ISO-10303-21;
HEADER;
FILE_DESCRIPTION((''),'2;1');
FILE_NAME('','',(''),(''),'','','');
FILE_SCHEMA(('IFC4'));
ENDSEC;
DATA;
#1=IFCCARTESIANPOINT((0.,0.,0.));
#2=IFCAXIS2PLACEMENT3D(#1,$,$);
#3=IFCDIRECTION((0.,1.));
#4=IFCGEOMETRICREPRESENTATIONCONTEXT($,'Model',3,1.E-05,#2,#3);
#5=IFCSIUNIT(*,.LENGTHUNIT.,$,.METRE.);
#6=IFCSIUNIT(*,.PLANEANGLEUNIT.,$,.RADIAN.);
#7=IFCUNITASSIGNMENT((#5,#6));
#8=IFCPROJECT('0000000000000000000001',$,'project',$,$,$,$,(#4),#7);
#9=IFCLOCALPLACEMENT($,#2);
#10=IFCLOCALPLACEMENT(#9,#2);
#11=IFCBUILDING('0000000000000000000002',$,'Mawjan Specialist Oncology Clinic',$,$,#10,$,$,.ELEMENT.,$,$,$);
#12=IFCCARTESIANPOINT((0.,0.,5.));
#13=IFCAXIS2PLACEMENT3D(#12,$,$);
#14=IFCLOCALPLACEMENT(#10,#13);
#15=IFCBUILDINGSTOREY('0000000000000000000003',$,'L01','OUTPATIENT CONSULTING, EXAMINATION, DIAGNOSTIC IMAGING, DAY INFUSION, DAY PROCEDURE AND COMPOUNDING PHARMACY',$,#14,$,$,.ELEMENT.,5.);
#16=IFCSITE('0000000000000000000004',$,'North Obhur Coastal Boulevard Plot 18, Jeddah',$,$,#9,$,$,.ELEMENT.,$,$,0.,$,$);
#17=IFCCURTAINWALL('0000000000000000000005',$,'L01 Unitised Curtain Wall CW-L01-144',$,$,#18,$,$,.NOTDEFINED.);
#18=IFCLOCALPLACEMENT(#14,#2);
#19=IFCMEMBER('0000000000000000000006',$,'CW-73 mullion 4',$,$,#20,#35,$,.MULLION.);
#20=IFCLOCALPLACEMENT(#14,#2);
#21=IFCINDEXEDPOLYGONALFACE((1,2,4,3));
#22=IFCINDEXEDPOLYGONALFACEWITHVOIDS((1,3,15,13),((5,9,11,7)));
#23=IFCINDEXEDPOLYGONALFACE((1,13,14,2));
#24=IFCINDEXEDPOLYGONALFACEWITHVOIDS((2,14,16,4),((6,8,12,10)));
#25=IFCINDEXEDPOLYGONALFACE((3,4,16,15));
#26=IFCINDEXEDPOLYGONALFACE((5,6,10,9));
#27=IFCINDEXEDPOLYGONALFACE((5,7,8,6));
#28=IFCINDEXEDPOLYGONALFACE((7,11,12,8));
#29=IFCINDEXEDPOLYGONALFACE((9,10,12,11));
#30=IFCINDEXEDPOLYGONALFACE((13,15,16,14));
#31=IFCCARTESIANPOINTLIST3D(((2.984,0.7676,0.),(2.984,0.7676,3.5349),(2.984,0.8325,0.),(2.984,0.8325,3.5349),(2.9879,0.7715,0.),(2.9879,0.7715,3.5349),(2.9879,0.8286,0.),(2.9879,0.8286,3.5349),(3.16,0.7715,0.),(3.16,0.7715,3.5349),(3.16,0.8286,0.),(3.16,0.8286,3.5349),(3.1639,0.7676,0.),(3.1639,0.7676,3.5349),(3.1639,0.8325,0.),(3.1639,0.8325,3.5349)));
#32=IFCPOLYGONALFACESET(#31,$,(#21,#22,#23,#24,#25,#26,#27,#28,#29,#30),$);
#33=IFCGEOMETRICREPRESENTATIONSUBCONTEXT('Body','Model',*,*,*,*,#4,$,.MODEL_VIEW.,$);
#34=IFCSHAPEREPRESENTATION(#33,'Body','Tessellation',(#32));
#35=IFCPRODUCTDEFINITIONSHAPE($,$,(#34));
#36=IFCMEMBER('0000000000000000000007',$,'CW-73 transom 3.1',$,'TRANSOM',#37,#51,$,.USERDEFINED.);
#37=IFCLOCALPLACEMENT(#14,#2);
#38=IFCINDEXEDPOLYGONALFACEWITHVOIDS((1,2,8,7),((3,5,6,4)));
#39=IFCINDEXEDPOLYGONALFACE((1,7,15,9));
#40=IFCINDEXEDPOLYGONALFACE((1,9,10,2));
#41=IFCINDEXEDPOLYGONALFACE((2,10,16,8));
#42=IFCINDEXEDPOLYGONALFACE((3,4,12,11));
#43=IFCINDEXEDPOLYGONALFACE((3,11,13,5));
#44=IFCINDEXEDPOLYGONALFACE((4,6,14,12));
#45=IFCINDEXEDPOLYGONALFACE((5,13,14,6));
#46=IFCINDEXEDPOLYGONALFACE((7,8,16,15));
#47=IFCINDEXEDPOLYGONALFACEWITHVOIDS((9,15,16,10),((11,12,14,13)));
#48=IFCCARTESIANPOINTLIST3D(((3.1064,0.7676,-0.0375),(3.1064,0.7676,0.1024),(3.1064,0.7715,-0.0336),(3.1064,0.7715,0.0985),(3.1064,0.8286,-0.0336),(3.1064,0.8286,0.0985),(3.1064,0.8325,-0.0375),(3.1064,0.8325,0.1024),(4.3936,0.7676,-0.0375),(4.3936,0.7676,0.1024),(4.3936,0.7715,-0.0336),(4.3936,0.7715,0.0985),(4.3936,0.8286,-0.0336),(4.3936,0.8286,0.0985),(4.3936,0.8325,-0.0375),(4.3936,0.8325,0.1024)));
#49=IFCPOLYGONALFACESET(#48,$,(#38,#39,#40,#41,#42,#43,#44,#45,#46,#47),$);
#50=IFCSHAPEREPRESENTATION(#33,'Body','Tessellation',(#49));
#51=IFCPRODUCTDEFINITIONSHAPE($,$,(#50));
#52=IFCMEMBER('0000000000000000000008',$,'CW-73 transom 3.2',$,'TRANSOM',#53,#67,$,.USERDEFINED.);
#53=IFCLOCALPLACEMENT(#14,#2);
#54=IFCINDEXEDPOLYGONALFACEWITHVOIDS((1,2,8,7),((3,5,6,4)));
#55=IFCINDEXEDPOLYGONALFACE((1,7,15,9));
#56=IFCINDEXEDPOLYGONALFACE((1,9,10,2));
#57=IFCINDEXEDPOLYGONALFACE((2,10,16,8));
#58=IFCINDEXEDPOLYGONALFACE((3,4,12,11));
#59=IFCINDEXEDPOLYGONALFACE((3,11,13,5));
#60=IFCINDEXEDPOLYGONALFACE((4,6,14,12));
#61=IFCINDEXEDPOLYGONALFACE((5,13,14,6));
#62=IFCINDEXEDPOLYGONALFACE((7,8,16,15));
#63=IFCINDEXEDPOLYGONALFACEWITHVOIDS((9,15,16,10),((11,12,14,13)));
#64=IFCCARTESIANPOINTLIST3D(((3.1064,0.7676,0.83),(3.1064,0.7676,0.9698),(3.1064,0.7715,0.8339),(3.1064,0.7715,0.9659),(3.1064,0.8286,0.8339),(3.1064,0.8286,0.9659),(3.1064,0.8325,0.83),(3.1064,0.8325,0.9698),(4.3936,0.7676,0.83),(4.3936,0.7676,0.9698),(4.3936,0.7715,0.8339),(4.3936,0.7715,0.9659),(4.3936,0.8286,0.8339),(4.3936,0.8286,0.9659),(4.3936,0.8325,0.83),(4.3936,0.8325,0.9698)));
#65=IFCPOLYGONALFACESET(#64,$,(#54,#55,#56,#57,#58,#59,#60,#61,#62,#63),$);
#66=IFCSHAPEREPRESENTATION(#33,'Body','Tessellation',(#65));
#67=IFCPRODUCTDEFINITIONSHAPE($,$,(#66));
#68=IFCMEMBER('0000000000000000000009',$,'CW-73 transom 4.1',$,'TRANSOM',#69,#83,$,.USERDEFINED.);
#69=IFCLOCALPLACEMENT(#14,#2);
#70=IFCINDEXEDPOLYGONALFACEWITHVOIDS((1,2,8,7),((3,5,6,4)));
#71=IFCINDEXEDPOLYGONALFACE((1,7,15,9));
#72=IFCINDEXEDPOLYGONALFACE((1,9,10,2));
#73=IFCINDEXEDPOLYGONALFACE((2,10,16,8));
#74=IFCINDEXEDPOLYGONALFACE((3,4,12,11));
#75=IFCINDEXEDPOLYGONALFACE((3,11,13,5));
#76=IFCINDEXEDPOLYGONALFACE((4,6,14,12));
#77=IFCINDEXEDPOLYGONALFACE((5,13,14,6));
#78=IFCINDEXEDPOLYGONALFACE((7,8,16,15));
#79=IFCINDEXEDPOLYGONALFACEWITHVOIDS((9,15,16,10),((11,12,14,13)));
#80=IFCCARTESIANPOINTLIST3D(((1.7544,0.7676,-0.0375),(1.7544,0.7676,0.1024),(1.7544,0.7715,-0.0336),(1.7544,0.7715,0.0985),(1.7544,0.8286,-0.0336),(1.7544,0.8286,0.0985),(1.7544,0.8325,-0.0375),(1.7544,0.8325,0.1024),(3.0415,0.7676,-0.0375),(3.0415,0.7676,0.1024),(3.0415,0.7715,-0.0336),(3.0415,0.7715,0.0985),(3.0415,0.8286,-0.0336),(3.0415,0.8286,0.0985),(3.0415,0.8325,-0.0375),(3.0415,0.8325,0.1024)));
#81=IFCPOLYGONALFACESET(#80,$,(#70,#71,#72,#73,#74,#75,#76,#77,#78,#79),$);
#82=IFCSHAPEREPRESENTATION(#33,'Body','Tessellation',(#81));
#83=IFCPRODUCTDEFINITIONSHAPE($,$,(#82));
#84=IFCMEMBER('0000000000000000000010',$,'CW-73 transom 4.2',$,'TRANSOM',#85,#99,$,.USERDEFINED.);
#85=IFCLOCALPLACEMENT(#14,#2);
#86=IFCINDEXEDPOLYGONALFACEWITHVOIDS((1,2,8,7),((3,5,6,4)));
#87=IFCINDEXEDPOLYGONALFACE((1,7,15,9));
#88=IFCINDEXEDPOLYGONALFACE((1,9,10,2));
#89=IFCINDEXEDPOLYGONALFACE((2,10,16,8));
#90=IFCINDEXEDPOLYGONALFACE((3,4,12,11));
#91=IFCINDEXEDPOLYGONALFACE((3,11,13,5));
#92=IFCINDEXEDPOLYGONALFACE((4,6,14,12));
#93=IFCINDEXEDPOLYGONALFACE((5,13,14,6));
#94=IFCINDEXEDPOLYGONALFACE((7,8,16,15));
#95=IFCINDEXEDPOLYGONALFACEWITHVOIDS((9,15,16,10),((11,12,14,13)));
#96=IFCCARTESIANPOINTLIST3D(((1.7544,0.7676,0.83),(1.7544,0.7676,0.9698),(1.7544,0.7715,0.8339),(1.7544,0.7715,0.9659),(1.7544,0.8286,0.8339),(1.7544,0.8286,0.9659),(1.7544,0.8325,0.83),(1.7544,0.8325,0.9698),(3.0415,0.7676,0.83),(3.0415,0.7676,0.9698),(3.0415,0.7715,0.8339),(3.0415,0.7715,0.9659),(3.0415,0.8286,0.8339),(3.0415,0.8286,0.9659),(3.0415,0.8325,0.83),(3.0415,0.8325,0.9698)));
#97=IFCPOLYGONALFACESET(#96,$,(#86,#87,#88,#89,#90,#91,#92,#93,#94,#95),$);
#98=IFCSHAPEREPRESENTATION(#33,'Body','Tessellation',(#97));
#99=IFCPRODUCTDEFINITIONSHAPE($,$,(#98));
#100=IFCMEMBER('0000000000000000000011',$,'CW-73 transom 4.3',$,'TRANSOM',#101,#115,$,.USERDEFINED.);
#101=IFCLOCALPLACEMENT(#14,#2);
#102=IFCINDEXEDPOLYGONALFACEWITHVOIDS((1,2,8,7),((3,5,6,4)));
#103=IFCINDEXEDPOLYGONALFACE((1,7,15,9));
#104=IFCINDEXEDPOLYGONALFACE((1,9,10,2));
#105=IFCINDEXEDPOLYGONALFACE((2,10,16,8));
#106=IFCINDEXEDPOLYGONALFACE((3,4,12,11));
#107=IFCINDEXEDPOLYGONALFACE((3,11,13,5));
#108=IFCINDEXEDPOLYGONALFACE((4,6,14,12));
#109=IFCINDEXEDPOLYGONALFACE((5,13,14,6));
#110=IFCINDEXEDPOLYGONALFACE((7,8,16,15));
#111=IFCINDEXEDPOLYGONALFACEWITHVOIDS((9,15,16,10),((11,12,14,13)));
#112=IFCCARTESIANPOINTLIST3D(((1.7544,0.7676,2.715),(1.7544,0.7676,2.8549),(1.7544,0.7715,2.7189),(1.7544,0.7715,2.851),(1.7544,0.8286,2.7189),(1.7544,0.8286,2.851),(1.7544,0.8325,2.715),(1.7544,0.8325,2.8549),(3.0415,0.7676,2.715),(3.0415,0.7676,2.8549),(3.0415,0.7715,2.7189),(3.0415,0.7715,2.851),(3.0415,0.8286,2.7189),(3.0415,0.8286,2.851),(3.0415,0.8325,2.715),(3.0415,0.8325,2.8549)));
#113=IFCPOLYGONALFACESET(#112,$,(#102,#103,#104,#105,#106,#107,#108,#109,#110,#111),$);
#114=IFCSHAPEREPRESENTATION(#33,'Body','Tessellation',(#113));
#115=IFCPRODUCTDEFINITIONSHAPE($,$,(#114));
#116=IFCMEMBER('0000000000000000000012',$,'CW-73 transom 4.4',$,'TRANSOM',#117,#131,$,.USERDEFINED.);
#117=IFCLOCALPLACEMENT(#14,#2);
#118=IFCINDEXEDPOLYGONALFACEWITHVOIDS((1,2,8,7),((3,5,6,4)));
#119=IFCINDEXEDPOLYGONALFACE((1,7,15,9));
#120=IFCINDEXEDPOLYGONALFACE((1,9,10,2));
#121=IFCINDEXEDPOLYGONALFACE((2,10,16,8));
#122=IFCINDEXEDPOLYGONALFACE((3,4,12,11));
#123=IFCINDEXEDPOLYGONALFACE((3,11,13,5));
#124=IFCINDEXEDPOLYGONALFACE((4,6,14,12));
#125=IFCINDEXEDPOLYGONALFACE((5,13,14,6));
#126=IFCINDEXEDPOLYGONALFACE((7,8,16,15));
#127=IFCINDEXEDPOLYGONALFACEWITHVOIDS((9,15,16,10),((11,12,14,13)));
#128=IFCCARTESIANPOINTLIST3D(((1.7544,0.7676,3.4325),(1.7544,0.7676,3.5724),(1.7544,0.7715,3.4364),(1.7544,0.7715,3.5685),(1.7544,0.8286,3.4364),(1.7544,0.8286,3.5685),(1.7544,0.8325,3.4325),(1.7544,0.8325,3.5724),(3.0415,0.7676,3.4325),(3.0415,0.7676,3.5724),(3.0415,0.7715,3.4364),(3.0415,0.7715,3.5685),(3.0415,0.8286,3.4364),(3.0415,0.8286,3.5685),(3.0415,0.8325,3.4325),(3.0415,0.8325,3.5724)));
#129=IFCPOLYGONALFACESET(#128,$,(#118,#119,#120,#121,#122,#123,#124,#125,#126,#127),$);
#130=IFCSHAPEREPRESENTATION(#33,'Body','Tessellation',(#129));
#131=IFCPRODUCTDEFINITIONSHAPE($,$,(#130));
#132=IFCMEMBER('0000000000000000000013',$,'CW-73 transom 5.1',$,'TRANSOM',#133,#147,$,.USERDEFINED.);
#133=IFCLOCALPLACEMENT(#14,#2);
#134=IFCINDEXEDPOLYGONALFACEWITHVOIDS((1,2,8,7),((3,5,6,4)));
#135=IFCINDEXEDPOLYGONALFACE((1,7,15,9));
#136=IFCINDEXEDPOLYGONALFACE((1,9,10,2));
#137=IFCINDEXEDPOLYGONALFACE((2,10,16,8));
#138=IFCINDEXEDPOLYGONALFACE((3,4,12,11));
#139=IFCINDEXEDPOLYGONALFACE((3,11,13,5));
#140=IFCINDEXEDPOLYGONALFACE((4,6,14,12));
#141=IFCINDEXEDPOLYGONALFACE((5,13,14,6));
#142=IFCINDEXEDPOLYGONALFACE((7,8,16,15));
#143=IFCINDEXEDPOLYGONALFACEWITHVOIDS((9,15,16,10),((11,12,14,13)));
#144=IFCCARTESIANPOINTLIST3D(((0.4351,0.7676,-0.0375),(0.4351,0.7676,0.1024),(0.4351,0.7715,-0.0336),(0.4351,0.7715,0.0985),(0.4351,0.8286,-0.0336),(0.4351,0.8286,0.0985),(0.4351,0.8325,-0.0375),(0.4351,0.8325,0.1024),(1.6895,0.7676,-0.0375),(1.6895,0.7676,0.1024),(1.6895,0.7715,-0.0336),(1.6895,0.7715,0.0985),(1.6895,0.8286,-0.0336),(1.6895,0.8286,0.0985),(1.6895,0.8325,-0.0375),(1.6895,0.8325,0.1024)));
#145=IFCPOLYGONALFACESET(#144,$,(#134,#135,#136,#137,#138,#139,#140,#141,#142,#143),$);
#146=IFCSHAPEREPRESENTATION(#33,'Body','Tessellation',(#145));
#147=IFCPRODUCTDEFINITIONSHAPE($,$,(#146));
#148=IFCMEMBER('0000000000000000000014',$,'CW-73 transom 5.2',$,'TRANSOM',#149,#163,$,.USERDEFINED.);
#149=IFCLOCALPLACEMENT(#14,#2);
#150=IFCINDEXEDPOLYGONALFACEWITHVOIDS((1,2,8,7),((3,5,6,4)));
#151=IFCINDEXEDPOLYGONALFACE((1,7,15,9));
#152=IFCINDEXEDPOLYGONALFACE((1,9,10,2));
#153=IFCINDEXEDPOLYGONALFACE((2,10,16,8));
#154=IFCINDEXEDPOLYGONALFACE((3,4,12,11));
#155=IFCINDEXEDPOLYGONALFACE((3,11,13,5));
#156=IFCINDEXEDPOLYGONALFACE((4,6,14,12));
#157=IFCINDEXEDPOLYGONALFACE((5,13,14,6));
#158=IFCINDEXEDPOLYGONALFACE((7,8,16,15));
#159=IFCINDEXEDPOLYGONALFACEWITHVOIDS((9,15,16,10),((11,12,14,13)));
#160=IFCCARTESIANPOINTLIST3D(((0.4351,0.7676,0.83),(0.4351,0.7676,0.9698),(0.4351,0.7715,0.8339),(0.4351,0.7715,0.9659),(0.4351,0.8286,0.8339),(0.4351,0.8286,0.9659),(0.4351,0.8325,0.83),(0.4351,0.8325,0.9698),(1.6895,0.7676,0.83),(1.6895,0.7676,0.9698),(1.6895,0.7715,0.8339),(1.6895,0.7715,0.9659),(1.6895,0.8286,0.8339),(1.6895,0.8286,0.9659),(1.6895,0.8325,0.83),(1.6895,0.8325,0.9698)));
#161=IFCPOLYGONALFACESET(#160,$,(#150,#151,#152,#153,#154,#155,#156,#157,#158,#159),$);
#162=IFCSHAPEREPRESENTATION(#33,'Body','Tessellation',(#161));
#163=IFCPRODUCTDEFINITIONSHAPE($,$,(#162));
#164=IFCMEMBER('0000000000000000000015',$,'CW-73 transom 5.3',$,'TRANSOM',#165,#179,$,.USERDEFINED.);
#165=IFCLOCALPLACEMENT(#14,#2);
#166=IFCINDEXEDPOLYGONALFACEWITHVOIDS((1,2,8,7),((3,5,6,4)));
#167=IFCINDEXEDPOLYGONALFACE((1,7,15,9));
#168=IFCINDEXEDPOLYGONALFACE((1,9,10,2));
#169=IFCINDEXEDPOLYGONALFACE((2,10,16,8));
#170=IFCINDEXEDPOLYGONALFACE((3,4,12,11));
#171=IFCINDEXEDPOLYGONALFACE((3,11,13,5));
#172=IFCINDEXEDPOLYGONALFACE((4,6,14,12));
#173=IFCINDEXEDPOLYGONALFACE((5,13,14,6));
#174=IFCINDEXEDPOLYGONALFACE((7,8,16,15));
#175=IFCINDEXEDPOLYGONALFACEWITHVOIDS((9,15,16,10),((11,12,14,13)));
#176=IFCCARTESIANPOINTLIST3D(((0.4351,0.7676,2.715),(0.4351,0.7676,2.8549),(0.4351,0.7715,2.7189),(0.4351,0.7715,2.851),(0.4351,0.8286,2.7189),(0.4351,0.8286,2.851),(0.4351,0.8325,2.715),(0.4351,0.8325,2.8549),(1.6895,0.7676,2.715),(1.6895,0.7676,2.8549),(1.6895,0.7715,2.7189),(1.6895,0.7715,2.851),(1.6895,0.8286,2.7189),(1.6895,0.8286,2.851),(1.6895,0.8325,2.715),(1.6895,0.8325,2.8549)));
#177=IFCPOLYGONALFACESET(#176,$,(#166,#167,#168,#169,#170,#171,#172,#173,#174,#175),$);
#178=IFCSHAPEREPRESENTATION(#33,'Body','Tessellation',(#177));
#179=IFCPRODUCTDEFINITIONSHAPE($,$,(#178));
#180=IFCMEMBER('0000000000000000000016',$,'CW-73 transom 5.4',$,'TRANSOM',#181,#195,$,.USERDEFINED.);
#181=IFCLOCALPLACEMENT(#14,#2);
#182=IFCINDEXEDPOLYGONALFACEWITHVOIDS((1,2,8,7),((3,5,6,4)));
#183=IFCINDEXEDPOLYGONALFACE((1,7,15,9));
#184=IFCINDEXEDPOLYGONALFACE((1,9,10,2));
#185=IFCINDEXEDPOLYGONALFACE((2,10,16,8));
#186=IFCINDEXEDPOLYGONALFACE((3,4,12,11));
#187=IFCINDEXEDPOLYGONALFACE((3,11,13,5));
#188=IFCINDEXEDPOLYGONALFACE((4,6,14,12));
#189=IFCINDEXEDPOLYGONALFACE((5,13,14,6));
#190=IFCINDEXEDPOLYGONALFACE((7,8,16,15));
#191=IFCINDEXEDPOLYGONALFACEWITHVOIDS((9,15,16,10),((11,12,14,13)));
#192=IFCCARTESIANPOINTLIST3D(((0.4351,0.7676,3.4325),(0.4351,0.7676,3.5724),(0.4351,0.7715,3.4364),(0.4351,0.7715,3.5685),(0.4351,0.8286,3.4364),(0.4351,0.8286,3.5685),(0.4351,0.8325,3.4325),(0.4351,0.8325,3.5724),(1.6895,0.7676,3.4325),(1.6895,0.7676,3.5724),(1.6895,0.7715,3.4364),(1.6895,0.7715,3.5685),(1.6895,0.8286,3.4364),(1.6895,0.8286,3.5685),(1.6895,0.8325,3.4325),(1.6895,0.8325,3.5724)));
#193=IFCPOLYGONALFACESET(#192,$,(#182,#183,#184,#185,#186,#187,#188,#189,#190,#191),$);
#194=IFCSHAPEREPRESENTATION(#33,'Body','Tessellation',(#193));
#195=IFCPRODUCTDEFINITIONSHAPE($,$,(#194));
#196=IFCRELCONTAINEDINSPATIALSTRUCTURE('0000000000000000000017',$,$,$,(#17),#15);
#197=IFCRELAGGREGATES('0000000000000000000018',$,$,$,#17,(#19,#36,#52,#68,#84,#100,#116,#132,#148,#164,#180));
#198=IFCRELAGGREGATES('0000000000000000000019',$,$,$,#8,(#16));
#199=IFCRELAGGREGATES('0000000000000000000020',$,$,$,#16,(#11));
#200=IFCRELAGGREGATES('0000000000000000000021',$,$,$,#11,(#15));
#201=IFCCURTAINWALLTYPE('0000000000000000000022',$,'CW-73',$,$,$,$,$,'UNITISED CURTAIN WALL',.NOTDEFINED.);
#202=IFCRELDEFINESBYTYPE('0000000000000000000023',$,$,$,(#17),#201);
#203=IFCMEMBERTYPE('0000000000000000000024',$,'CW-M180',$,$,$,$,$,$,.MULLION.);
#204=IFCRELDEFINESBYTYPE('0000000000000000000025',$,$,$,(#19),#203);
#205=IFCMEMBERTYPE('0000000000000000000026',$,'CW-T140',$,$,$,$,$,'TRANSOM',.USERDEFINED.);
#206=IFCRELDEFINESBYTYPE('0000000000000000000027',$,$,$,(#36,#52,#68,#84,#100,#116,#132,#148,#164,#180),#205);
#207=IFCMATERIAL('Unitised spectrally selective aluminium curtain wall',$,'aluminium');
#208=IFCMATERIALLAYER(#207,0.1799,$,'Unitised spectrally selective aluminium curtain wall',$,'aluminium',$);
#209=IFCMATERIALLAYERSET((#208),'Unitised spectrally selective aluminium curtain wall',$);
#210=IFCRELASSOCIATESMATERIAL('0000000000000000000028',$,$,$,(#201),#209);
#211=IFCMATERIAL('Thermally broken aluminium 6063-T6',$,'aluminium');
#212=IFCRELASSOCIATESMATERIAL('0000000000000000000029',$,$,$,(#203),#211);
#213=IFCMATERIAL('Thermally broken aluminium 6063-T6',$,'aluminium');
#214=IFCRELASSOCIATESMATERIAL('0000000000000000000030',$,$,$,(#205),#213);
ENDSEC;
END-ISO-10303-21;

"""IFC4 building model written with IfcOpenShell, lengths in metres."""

from ifc_helpers import new_model, si_unit, direction, frame, origin, origin_2d, place, context, subcontext, project, spatial, hollow_rectangle, extrude, material, layer, layer_set, material_profile, profile_set, type_object, element, aggregate, save


model = new_model("IFC4")

# Units and contexts
model_context = context("Model", 3, precision=1e-05, world=origin(), true_north=direction((0.0, 1.0)))
body_context = subcontext(model_context, "Body", "Model", "MODEL_VIEW")
ifc_project = project(units=[si_unit("LENGTHUNIT", "METRE"), si_unit("PLANEANGLEUNIT", "RADIAN")], contexts=[model_context])

# Site, building, storey
site_placement = place(None, origin())
site = spatial("IfcSite", under=ifc_project, at=site_placement, Name="North Obhur Coastal Boulevard Plot 18, Jeddah", CompositionType="ELEMENT", RefElevation=0.0)
building_placement = place(site_placement, origin())
building = spatial("IfcBuilding", under=site, at=building_placement, Name="Mawjan Specialist Oncology Clinic", CompositionType="ELEMENT")
storey_placement = place(building_placement, frame((0.0, 0.0, 5.0)))
storey = spatial("IfcBuildingStorey", under=building, at=storey_placement, Name="L01", Description="OUTPATIENT CONSULTING, EXAMINATION, DIAGNOSTIC IMAGING, DAY INFUSION, DAY PROCEDURE AND COMPOUNDING PHARMACY", CompositionType="ELEMENT", Elevation=5.0)

# Curtain wall, members
ifc_material_1 = material(Name="Unitised spectrally selective aluminium curtain wall", Category="aluminium")
ifc_layer_1 = layer(ifc_material_1, 0.1799, Name="Unitised spectrally selective aluminium curtain wall", Category="aluminium")
ifc_layer_set_1 = layer_set([ifc_layer_1], Name="Unitised spectrally selective aluminium curtain wall")
curtain_wall_type = type_object("IfcCurtainWallType", Name="CW-73", ElementType="UNITISED CURTAIN WALL", PredefinedType="NOTDEFINED", material=ifc_layer_set_1)
curtain_wall_placement = place(storey_placement, origin())
curtain_wall = element("IfcCurtainWall", 1, at=curtain_wall_placement, inside=storey, type_object=curtain_wall_type, Name="L01 Unitised Curtain Wall CW-L01-144", PredefinedType="NOTDEFINED")
ifc_material_2 = material(Name="Thermally broken aluminium 6063-T6", Category="aluminium")
ifc_material_profile_1 = material_profile(ifc_material_2, hollow_rectangle(XDim=0.0649, YDim=0.1799, WallThickness=0.0039, at=origin_2d()), Name="ALU MULLION 180x65x4", Category="aluminium")
ifc_profile_set_1 = profile_set([ifc_material_profile_1], Name="Thermally broken aluminium 6063-T6")
member_type_1 = type_object("IfcMemberType", Name="CW-M180", PredefinedType="MULLION", material=ifc_profile_set_1)
member_1_placement = place(storey_placement, frame((3.074, 0.8, 0.0), z_axis=(0.0, 0.0, 1.0), x_axis=(0.0, -1.0, 0.0)))
member_1 = element("IfcMember", 2, at=member_1_placement, type_object=member_type_1, Name="CW-73 mullion 4", PredefinedType="MULLION", context=body_context, shape_type="SweptSolid", body=[
    extrude(hollow_rectangle(XDim=0.0649, YDim=0.1799, WallThickness=0.0039, at=origin_2d()), origin(), (0.0, 0.0, 1.0), 3.5349),
])
ifc_material_3 = material(Name="Thermally broken aluminium 6063-T6", Category="aluminium")
ifc_material_profile_2 = material_profile(ifc_material_3, hollow_rectangle(XDim=0.0649, YDim=0.1399, WallThickness=0.0039, at=origin_2d()), Name="ALU TRANSOM 140x65x4", Category="aluminium")
ifc_profile_set_2 = profile_set([ifc_material_profile_2], Name="Thermally broken aluminium 6063-T6")
member_type_2 = type_object("IfcMemberType", Name="CW-T140", ElementType="TRANSOM", PredefinedType="USERDEFINED", material=ifc_profile_set_2)
member_2_placement = place(storey_placement, frame((4.3936, 0.8, 0.0325), z_axis=(-1.0, 0.0, 0.0), x_axis=(0.0, -1.0, 0.0)))
member_2 = element("IfcMember", 3, at=member_2_placement, type_object=member_type_2, Name="CW-73 transom 3.1", ObjectType="TRANSOM", PredefinedType="USERDEFINED", context=body_context, shape_type="SweptSolid", body=[
    extrude(hollow_rectangle(XDim=0.0649, YDim=0.1399, WallThickness=0.0039, at=origin_2d()), origin(), (0.0, 0.0, 1.0), 1.2871),
])
member_3_placement = place(storey_placement, frame((4.3936, 0.8, 0.8999), z_axis=(-1.0, 0.0, 0.0), x_axis=(0.0, -1.0, 0.0)))
member_3 = element("IfcMember", 4, at=member_3_placement, type_object=member_type_2, Name="CW-73 transom 3.2", ObjectType="TRANSOM", PredefinedType="USERDEFINED", context=body_context, shape_type="SweptSolid", body=[
    extrude(hollow_rectangle(XDim=0.0649, YDim=0.1399, WallThickness=0.0039, at=origin_2d()), origin(), (0.0, 0.0, 1.0), 1.2871),
])
member_4_placement = place(storey_placement, frame((3.0415, 0.8, 0.0325), z_axis=(-1.0, 0.0, 0.0), x_axis=(0.0, -1.0, 0.0)))
member_4 = element("IfcMember", 5, at=member_4_placement, type_object=member_type_2, Name="CW-73 transom 4.1", ObjectType="TRANSOM", PredefinedType="USERDEFINED", context=body_context, shape_type="SweptSolid", body=[
    extrude(hollow_rectangle(XDim=0.0649, YDim=0.1399, WallThickness=0.0039, at=origin_2d()), origin(), (0.0, 0.0, 1.0), 1.2871),
])
member_5_placement = place(storey_placement, frame((3.0415, 0.8, 0.8999), z_axis=(-1.0, 0.0, 0.0), x_axis=(0.0, -1.0, 0.0)))
member_5 = element("IfcMember", 6, at=member_5_placement, type_object=member_type_2, Name="CW-73 transom 4.2", ObjectType="TRANSOM", PredefinedType="USERDEFINED", context=body_context, shape_type="SweptSolid", body=[
    extrude(hollow_rectangle(XDim=0.0649, YDim=0.1399, WallThickness=0.0039, at=origin_2d()), origin(), (0.0, 0.0, 1.0), 1.2871),
])
member_6_placement = place(storey_placement, frame((3.0415, 0.8, 2.7849), z_axis=(-1.0, 0.0, 0.0), x_axis=(0.0, -1.0, 0.0)))
member_6 = element("IfcMember", 7, at=member_6_placement, type_object=member_type_2, Name="CW-73 transom 4.3", ObjectType="TRANSOM", PredefinedType="USERDEFINED", context=body_context, shape_type="SweptSolid", body=[
    extrude(hollow_rectangle(XDim=0.0649, YDim=0.1399, WallThickness=0.0039, at=origin_2d()), origin(), (0.0, 0.0, 1.0), 1.2871),
])
member_7_placement = place(storey_placement, frame((3.0415, 0.8, 3.5024), z_axis=(-1.0, 0.0, 0.0), x_axis=(0.0, -1.0, 0.0)))
member_7 = element("IfcMember", 8, at=member_7_placement, type_object=member_type_2, Name="CW-73 transom 4.4", ObjectType="TRANSOM", PredefinedType="USERDEFINED", context=body_context, shape_type="SweptSolid", body=[
    extrude(hollow_rectangle(XDim=0.0649, YDim=0.1399, WallThickness=0.0039, at=origin_2d()), origin(), (0.0, 0.0, 1.0), 1.2871),
])
member_8_placement = place(storey_placement, frame((1.6895, 0.8, 0.0325), z_axis=(-1.0, 0.0, 0.0), x_axis=(0.0, -1.0, 0.0)))
member_8 = element("IfcMember", 9, at=member_8_placement, type_object=member_type_2, Name="CW-73 transom 5.1", ObjectType="TRANSOM", PredefinedType="USERDEFINED", context=body_context, shape_type="SweptSolid", body=[
    extrude(hollow_rectangle(XDim=0.0649, YDim=0.1399, WallThickness=0.0039, at=origin_2d()), origin(), (0.0, 0.0, 1.0), 1.2544),
])
member_9_placement = place(storey_placement, frame((1.6895, 0.8, 0.8999), z_axis=(-1.0, 0.0, 0.0), x_axis=(0.0, -1.0, 0.0)))
member_9 = element("IfcMember", 10, at=member_9_placement, type_object=member_type_2, Name="CW-73 transom 5.2", ObjectType="TRANSOM", PredefinedType="USERDEFINED", context=body_context, shape_type="SweptSolid", body=[
    extrude(hollow_rectangle(XDim=0.0649, YDim=0.1399, WallThickness=0.0039, at=origin_2d()), origin(), (0.0, 0.0, 1.0), 1.2544),
])
member_10_placement = place(storey_placement, frame((1.6895, 0.8, 2.7849), z_axis=(-1.0, 0.0, 0.0), x_axis=(0.0, -1.0, 0.0)))
member_10 = element("IfcMember", 11, at=member_10_placement, type_object=member_type_2, Name="CW-73 transom 5.3", ObjectType="TRANSOM", PredefinedType="USERDEFINED", context=body_context, shape_type="SweptSolid", body=[
    extrude(hollow_rectangle(XDim=0.0649, YDim=0.1399, WallThickness=0.0039, at=origin_2d()), origin(), (0.0, 0.0, 1.0), 1.2544),
])
member_11_placement = place(storey_placement, frame((1.6895, 0.8, 3.5024), z_axis=(-1.0, 0.0, 0.0), x_axis=(0.0, -1.0, 0.0)))
member_11 = element("IfcMember", 12, at=member_11_placement, type_object=member_type_2, Name="CW-73 transom 5.4", ObjectType="TRANSOM", PredefinedType="USERDEFINED", context=body_context, shape_type="SweptSolid", body=[
    extrude(hollow_rectangle(XDim=0.0649, YDim=0.1399, WallThickness=0.0039, at=origin_2d()), origin(), (0.0, 0.0, 1.0), 1.2544),
])
aggregate(curtain_wall, [member_1, member_2, member_3, member_4, member_5, member_6, member_7, member_8, member_9, member_10, member_11])

save(model, "model.ifc")
